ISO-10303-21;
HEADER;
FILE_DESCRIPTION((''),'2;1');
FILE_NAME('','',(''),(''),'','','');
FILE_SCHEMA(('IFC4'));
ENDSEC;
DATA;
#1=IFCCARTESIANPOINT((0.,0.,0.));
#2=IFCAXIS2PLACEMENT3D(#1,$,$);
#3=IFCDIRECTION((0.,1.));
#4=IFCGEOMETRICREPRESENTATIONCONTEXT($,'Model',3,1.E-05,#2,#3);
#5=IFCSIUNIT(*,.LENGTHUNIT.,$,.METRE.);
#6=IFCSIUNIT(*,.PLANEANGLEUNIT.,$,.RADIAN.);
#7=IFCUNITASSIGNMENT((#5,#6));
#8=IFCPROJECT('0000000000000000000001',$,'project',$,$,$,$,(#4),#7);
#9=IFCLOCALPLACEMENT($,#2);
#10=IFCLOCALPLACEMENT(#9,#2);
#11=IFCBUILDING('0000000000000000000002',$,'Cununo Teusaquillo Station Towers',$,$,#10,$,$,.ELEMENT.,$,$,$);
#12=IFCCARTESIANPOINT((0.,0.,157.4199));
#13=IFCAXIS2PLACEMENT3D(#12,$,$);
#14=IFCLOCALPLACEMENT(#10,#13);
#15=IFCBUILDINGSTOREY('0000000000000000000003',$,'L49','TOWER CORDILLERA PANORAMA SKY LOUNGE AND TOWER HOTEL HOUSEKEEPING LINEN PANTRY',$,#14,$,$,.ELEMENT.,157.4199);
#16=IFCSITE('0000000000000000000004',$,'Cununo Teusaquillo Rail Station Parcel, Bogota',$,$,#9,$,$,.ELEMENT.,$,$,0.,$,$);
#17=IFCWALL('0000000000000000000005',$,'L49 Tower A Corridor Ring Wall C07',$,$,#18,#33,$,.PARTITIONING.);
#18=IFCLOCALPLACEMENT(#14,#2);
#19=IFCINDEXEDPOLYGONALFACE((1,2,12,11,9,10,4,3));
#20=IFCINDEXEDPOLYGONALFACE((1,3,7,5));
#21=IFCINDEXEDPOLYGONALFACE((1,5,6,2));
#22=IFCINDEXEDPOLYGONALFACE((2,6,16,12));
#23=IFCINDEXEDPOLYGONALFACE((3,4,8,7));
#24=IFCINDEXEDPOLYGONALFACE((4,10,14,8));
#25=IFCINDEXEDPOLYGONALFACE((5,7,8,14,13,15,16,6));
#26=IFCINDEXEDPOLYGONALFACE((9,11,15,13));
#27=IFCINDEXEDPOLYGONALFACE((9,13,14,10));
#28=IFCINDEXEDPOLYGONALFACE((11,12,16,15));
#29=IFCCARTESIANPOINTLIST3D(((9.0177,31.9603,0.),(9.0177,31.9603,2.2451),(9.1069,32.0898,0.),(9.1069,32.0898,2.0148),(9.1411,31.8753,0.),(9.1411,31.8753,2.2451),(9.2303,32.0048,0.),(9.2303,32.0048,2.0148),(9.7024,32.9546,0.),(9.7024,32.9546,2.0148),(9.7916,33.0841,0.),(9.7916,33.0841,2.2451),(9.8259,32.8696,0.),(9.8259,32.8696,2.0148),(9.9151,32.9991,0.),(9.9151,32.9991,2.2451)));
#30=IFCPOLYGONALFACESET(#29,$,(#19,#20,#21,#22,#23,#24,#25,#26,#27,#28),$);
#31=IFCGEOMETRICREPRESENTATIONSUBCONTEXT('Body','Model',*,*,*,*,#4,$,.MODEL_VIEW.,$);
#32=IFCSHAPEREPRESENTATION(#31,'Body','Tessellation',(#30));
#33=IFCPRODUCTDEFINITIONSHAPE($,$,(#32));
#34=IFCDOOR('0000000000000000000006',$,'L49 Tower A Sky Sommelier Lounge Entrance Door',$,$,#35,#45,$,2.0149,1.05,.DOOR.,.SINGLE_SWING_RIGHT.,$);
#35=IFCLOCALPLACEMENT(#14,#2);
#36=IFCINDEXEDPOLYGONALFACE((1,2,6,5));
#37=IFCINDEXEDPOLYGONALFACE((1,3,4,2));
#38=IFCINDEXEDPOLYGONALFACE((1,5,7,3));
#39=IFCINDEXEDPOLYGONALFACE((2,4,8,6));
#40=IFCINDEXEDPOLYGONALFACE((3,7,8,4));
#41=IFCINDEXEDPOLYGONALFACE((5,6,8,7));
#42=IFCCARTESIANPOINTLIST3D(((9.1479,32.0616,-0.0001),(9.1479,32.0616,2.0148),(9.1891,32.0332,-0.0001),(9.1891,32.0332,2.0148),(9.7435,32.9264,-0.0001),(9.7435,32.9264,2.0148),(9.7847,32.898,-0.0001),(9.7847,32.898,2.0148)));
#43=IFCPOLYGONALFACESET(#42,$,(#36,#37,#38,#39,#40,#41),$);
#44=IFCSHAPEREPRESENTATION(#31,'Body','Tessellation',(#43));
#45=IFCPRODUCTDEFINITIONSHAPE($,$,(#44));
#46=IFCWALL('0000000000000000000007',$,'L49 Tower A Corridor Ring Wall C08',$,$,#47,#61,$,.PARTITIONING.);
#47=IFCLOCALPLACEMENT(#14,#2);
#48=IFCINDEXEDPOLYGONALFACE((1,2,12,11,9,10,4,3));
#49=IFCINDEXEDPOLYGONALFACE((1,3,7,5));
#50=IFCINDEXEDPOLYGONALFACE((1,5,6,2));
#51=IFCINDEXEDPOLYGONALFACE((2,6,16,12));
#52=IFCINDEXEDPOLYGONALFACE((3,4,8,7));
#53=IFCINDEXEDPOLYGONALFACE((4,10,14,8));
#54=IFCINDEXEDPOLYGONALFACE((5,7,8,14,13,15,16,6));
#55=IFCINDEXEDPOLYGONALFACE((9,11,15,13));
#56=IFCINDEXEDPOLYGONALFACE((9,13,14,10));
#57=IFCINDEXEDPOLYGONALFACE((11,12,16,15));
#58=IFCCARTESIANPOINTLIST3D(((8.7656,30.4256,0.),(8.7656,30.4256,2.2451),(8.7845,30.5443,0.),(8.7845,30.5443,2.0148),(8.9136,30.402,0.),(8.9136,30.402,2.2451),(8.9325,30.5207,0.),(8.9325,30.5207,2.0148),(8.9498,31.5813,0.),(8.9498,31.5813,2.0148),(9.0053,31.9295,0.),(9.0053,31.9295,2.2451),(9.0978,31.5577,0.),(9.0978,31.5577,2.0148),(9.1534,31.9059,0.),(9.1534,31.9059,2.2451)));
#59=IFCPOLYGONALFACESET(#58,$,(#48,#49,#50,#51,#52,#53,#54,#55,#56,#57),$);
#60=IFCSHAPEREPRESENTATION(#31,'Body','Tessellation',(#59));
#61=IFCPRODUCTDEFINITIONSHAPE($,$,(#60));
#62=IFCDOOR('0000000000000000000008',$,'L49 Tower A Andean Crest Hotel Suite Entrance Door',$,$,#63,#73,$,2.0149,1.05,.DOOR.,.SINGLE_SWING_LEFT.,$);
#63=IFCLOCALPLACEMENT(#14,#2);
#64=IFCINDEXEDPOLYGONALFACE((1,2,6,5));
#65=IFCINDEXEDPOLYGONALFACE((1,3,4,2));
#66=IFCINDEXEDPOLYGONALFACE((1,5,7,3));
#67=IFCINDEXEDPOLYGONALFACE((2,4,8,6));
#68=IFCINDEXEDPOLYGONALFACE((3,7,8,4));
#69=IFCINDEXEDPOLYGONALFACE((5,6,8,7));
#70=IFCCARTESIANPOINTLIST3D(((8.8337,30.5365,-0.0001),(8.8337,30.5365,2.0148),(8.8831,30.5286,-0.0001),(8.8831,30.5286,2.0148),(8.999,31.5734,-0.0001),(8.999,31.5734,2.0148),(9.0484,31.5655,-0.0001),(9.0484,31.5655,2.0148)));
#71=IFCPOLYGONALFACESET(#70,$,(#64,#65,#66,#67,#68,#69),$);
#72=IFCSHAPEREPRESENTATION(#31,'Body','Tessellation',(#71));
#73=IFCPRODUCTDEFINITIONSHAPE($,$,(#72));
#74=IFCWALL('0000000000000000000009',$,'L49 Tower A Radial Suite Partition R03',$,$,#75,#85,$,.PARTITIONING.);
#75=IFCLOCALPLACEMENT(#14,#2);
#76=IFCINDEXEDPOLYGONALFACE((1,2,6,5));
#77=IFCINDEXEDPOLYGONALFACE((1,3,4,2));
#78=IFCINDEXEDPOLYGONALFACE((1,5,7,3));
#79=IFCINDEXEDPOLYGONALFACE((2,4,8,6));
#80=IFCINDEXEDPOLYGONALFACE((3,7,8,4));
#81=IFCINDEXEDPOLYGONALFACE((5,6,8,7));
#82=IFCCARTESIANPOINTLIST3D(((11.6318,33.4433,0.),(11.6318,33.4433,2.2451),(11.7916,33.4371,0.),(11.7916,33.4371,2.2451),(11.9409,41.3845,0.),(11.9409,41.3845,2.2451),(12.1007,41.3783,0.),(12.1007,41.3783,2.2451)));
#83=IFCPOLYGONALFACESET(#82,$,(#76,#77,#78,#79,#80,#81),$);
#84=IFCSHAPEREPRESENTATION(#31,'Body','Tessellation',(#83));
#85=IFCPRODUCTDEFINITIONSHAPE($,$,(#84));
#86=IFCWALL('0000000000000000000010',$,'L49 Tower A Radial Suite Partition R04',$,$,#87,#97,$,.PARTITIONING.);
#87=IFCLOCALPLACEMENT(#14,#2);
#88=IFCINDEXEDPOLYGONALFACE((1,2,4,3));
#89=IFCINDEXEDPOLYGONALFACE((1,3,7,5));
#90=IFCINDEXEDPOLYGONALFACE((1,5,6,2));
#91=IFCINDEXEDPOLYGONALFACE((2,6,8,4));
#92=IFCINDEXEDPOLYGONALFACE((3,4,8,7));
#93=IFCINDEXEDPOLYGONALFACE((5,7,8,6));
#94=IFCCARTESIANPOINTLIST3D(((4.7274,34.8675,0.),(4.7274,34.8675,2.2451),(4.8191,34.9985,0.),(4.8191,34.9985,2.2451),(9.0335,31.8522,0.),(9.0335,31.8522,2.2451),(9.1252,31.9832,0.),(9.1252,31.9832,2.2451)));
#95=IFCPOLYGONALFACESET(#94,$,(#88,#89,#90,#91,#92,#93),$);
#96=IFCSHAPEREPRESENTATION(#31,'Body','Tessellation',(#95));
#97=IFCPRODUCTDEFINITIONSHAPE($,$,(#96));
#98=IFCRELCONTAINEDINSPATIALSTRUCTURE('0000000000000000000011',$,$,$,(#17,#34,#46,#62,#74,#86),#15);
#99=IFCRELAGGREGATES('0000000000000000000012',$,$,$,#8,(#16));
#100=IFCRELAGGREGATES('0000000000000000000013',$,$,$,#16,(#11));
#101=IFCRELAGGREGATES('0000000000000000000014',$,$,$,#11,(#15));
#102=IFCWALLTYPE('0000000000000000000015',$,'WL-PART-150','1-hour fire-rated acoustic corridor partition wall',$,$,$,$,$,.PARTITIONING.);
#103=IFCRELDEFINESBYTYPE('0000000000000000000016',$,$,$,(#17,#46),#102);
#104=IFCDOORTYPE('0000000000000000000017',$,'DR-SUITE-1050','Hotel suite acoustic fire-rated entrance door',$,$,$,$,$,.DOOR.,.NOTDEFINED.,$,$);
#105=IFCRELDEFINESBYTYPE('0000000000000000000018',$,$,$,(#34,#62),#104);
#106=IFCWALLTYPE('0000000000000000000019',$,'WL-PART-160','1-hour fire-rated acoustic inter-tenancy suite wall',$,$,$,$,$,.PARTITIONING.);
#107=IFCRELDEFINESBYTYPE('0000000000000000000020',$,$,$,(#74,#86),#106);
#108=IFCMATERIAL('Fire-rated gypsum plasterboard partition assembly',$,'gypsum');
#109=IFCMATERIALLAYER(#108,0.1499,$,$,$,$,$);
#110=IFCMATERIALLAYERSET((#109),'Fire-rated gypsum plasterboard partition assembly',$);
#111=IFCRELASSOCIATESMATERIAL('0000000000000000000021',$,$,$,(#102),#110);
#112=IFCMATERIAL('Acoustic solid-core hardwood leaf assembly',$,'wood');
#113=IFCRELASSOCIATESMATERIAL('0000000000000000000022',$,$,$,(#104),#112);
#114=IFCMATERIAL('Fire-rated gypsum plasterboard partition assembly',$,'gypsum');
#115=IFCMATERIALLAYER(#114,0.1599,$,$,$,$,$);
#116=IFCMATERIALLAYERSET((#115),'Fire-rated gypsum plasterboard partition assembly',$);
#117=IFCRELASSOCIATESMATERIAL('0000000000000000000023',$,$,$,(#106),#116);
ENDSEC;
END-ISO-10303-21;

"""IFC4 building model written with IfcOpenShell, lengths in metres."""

from ifc_helpers import new_model, si_unit, direction, frame, frame_2d, origin, place, context, subcontext, project, spatial, rectangle, extrude, source, transform, mapped, material, layer, layer_set, type_object, element, fill, save


model = new_model("IFC4")

# Units and contexts
model_context = context("Model", 3, precision=1e-05, world=origin(), true_north=direction((0.0, 1.0)))
body_context = subcontext(model_context, "Body", "Model", "MODEL_VIEW")
ifc_project = project(units=[si_unit("LENGTHUNIT", "METRE"), si_unit("PLANEANGLEUNIT", "RADIAN")], contexts=[model_context])

# Site, building, storey
site_placement = place(None, origin())
site = spatial("IfcSite", under=ifc_project, at=site_placement, Name="Cununo Teusaquillo Rail Station Parcel, Bogota", CompositionType="ELEMENT", RefElevation=0.0)
building_placement = place(site_placement, origin())
building = spatial("IfcBuilding", under=site, at=building_placement, Name="Cununo Teusaquillo Station Towers", CompositionType="ELEMENT")
storey_placement = place(building_placement, frame((0.0, 0.0, 157.4199)))
storey = spatial("IfcBuildingStorey", under=building, at=storey_placement, Name="L49", Description="TOWER CORDILLERA PANORAMA SKY LOUNGE AND TOWER HOTEL HOUSEKEEPING LINEN PANTRY", CompositionType="ELEMENT", Elevation=157.4199)

# Shared definitions
ifc_material_1 = material(Name="Fire-rated gypsum plasterboard partition assembly", Category="gypsum")
ifc_layer_1 = layer(ifc_material_1, 0.1499)
ifc_layer_set_1 = layer_set([ifc_layer_1], Name="Fire-rated gypsum plasterboard partition assembly")
wall_type_1 = type_object("IfcWallType", Name="WL-PART-150", Description="1-hour fire-rated acoustic corridor partition wall", PredefinedType="PARTITIONING", material=ifc_layer_set_1)

# Walls, openings, doors
wall_1_placement = place(storey_placement, frame((9.8533, 33.0415, 0.0), z_axis=(0.0, 0.0, 1.0), x_axis=(-0.567189, -0.823587, 0.0)))
wall_1 = element("IfcWall", 1, at=wall_1_placement, inside=storey, type_object=wall_type_1, Name="L49 Tower A Corridor Ring Wall C07", PredefinedType="PARTITIONING", context=body_context, shape_type="SweptSolid", body=[
    extrude(rectangle(XDim=1.3645, YDim=0.1499, at=frame_2d((0.6821, 0.0))), origin(), (0.0, 0.0, 1.0), 2.2451),
])
shared_shape_1 = source(origin(), body_context, "Body", "SweptSolid", [
    extrude(rectangle(XDim=1.05, YDim=2.0149, at=frame_2d((0.5249, 1.0073))), frame((0.0, 0.085, 0.0), z_axis=(0.0, -1.0, 0.0), x_axis=(1.0, 0.0, 0.0)), (0.0, 0.0, 1.0), 0.1699),
])
opening_1_placement = place(wall_1_placement, frame((0.1572, 0.0, 0.0)))
opening_1 = element("IfcOpeningElement", 2, at=opening_1_placement, cuts=wall_1, PredefinedType="OPENING", context=body_context, shape_type="MappedRepresentation", body=[
    mapped(shared_shape_1, transform((0.0, 0.0, 0.0), x_axis=(1.0, 0.0, 0.0), y_axis=(0.0, 1.0, 0.0), z_axis=(0.0, 0.0, 1.0), scale=1.0)),
])
ifc_material_2 = material(Name="Acoustic solid-core hardwood leaf assembly", Category="wood")
door_type_1 = type_object("IfcDoorType", Name="DR-SUITE-1050", Description="Hotel suite acoustic fire-rated entrance door", OperationType="NOTDEFINED", PredefinedType="DOOR", material=ifc_material_2)
shared_shape_2 = source(origin(), body_context, "Body", "SweptSolid", [
    extrude(rectangle(XDim=1.05, YDim=2.0149, at=frame_2d((0.5249, 1.0073))), frame((0.0, 0.0249, 0.0), z_axis=(0.0, -1.0, 0.0), x_axis=(1.0, 0.0, 0.0)), (0.0, 0.0, 1.0), 0.05),
])
door_1_placement = place(opening_1_placement, origin())
door_1 = element("IfcDoor", 3, at=door_1_placement, inside=storey, type_object=door_type_1, Name="L49 Tower A Sky Sommelier Lounge Entrance Door", OperationType="SINGLE_SWING_RIGHT", OverallHeight=2.0149, OverallWidth=1.05, PredefinedType="DOOR", context=body_context, shape_type="MappedRepresentation", body=[
    mapped(shared_shape_2, transform((0.0, 0.0, 0.0), x_axis=(1.0, 0.0, 0.0), y_axis=(0.0, 1.0, 0.0), z_axis=(0.0, 0.0, 1.0), scale=1.0)),
])
fill(opening_1, door_1)
wall_2_placement = place(storey_placement, frame((9.0793, 31.9177, 0.0), z_axis=(0.0, 0.0, 1.0), x_axis=(-0.157428, -0.987531, 0.0)))
wall_2 = element("IfcWall", 4, at=wall_2_placement, inside=storey, type_object=wall_type_1, Name="L49 Tower A Corridor Ring Wall C08", PredefinedType="PARTITIONING", context=body_context, shape_type="SweptSolid", body=[
    extrude(rectangle(XDim=1.5229, YDim=0.1499, at=frame_2d((0.7615, 0.0))), origin(), (0.0, 0.0, 1.0), 2.2451),
])
opening_2_placement = place(wall_2_placement, frame((0.3528, 0.0, 0.0)))
opening_2 = element("IfcOpeningElement", 5, at=opening_2_placement, cuts=wall_2, PredefinedType="OPENING", context=body_context, shape_type="MappedRepresentation", body=[
    mapped(shared_shape_1, transform((0.0, 0.0, 0.0), x_axis=(1.0, 0.0, 0.0), y_axis=(0.0, 1.0, 0.0), z_axis=(0.0, 0.0, 1.0), scale=1.0)),
])
door_2_placement = place(opening_2_placement, origin())
door_2 = element("IfcDoor", 6, at=door_2_placement, inside=storey, type_object=door_type_1, Name="L49 Tower A Andean Crest Hotel Suite Entrance Door", OperationType="SINGLE_SWING_LEFT", OverallHeight=2.0149, OverallWidth=1.05, PredefinedType="DOOR", context=body_context, shape_type="MappedRepresentation", body=[
    mapped(shared_shape_2, transform((0.0, 0.0, 0.0), x_axis=(1.0, 0.0, 0.0), y_axis=(0.0, 1.0, 0.0), z_axis=(0.0, 0.0, 1.0), scale=1.0)),
])
fill(opening_2, door_2)

# Walls
ifc_material_3 = material(Name="Fire-rated gypsum plasterboard partition assembly", Category="gypsum")
ifc_layer_2 = layer(ifc_material_3, 0.1599)
ifc_layer_set_2 = layer_set([ifc_layer_2], Name="Fire-rated gypsum plasterboard partition assembly")
wall_type_2 = type_object("IfcWallType", Name="WL-PART-160", Description="1-hour fire-rated acoustic inter-tenancy suite wall", PredefinedType="PARTITIONING", material=ifc_layer_set_2)
wall_3_placement = place(storey_placement, frame((11.7117, 33.4402, 0.0), z_axis=(0.0, 0.0, 1.0), x_axis=(0.038892, 0.999243, 0.0)))
element("IfcWall", 7, at=wall_3_placement, inside=storey, type_object=wall_type_2, Name="L49 Tower A Radial Suite Partition R03", PredefinedType="PARTITIONING", context=body_context, shape_type="SweptSolid", body=[
    extrude(rectangle(XDim=7.9473, YDim=0.1599, at=frame_2d((3.9736, 0.0))), origin(), (0.0, 0.0, 1.0), 2.2451),
])
wall_4_placement = place(storey_placement, frame((9.0793, 31.9177, 0.0), z_axis=(0.0, 0.0, 1.0), x_axis=(-0.819136, 0.573599, 0.0)))
element("IfcWall", 8, at=wall_4_placement, inside=storey, type_object=wall_type_2, Name="L49 Tower A Radial Suite Partition R04", PredefinedType="PARTITIONING", context=body_context, shape_type="SweptSolid", body=[
    extrude(rectangle(XDim=5.2568, YDim=0.1599, at=frame_2d((2.6284, 0.0))), origin(), (0.0, 0.0, 1.0), 2.2451),
])

save(model, "model.ifc")
